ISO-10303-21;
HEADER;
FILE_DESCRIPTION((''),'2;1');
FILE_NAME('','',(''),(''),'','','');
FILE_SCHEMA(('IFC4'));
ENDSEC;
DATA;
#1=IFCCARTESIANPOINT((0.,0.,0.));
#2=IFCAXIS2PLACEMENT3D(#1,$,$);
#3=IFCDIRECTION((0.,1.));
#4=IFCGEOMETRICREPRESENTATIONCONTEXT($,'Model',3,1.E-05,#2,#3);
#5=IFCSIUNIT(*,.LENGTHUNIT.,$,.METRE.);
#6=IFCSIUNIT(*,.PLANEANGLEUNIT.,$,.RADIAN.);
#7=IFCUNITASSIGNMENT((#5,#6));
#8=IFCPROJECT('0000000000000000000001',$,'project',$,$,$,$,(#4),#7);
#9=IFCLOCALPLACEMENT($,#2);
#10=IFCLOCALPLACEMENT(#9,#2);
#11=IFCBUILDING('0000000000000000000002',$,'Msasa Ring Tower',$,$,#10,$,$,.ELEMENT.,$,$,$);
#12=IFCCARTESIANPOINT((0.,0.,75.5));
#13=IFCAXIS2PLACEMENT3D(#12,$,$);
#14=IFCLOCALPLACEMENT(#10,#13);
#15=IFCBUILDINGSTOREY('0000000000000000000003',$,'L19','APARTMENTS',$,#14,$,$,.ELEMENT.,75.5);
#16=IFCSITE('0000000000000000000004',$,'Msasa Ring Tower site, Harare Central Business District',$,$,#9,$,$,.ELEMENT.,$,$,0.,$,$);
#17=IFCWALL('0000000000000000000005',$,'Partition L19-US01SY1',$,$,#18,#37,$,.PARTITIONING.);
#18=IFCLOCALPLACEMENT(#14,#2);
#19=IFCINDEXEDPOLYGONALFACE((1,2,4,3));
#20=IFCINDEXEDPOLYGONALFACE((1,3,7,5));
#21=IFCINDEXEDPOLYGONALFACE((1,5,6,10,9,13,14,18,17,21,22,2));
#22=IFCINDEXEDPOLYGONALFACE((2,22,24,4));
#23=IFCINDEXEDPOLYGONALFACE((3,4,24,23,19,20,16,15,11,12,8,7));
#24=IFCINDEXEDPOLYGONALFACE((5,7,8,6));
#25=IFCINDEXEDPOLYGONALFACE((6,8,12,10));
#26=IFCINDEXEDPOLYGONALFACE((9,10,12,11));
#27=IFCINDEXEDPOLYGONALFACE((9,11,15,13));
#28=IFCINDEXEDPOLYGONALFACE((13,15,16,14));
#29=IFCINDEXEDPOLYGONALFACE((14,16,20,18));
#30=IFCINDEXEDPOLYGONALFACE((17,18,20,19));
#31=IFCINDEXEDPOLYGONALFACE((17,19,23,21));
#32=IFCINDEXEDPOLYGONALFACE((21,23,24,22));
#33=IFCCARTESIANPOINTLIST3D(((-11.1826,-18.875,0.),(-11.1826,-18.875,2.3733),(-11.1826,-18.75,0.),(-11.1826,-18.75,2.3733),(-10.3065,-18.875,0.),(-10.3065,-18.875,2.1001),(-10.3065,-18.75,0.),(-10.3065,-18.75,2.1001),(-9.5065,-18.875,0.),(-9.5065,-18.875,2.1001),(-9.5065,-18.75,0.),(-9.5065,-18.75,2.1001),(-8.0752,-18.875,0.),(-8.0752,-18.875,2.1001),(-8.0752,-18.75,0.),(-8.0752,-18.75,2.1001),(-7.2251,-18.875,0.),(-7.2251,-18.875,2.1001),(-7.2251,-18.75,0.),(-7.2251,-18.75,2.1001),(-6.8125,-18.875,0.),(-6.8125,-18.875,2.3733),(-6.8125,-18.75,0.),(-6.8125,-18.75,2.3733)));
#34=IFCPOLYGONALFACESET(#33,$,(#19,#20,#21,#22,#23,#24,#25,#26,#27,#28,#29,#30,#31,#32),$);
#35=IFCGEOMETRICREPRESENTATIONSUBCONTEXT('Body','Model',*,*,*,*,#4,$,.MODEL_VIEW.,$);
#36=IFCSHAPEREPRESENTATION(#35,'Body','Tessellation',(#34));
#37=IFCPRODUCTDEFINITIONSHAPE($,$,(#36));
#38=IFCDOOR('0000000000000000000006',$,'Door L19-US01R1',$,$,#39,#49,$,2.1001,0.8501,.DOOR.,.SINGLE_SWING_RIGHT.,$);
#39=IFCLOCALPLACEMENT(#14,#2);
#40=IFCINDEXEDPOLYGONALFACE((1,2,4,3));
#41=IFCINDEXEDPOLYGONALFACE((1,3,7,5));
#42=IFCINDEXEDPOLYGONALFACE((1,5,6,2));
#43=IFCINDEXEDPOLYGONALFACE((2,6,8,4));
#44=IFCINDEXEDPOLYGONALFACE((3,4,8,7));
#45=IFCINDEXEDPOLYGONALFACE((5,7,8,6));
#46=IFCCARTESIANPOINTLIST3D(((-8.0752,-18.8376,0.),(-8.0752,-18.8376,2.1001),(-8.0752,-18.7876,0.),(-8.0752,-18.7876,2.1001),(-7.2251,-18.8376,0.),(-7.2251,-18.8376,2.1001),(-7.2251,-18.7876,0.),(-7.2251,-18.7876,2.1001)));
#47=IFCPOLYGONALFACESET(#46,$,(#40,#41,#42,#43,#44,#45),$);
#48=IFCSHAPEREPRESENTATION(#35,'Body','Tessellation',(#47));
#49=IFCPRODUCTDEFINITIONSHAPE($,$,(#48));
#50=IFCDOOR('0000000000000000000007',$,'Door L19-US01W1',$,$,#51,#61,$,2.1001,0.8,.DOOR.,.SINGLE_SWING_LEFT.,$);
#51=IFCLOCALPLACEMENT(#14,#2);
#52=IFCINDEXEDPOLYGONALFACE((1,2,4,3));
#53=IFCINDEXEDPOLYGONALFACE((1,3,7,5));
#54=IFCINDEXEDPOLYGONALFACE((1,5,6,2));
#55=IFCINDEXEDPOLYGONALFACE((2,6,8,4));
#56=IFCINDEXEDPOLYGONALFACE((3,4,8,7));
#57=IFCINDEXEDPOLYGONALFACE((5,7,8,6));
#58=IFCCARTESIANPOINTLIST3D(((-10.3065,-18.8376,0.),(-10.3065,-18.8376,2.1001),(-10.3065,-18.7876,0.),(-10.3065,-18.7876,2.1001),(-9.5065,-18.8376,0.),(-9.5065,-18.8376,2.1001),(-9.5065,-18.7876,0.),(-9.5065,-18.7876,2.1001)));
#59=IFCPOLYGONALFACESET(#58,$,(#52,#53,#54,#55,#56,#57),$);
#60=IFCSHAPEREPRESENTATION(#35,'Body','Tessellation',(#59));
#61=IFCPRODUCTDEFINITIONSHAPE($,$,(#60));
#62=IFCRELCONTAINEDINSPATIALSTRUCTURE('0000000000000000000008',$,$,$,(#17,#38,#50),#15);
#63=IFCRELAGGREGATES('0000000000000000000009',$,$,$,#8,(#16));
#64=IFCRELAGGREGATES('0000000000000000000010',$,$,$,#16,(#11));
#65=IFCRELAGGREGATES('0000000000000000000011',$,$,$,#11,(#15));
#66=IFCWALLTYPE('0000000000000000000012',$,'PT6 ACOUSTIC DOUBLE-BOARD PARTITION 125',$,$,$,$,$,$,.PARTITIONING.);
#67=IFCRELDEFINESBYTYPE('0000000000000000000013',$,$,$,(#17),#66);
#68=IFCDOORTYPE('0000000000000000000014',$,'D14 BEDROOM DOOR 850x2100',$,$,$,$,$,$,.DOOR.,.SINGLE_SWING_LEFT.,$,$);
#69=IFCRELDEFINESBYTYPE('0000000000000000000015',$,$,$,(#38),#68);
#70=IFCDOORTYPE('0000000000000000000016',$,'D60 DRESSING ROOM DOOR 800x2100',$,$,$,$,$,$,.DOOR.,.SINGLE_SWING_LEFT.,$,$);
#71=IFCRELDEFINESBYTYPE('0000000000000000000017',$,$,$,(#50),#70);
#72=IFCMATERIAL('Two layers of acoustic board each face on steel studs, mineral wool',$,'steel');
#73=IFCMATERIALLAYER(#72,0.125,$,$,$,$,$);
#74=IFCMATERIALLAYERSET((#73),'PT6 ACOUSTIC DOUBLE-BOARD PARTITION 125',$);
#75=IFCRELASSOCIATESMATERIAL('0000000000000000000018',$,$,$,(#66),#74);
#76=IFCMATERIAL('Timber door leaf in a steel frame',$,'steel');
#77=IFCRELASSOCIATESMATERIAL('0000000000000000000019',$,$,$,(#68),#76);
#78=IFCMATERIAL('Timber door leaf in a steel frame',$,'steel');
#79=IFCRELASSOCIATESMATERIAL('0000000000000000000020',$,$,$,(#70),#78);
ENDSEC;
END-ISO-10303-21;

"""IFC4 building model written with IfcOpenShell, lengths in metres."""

from ifc_helpers import new_model, si_unit, direction, frame, frame_2d, origin, place, context, subcontext, project, spatial, rectangle, extrude, material, layer, layer_set, type_object, element, fill, save


model = new_model("IFC4")

# Units and contexts
model_context = context("Model", 3, precision=1e-05, world=origin(), true_north=direction((0.0, 1.0)))
body_context = subcontext(model_context, "Body", "Model", "MODEL_VIEW")
ifc_project = project(units=[si_unit("LENGTHUNIT", "METRE"), si_unit("PLANEANGLEUNIT", "RADIAN")], contexts=[model_context])

# Site, building, storey
site_placement = place(None, origin())
site = spatial("IfcSite", under=ifc_project, at=site_placement, Name="Msasa Ring Tower site, Harare Central Business District", CompositionType="ELEMENT", RefElevation=0.0)
building_placement = place(site_placement, origin())
building = spatial("IfcBuilding", under=site, at=building_placement, Name="Msasa Ring Tower", CompositionType="ELEMENT")
storey_placement = place(building_placement, frame((0.0, 0.0, 75.5)))
storey = spatial("IfcBuildingStorey", under=building, at=storey_placement, Name="L19", Description="APARTMENTS", CompositionType="ELEMENT", Elevation=75.5)

# Shared definitions
ifc_material_1 = material(Name="Two layers of acoustic board each face on steel studs, mineral wool", Category="steel")
ifc_layer_1 = layer(ifc_material_1, 0.125)
ifc_layer_set_1 = layer_set([ifc_layer_1], Name="PT6 ACOUSTIC DOUBLE-BOARD PARTITION 125")
wall_type_1 = type_object("IfcWallType", Name="PT6 ACOUSTIC DOUBLE-BOARD PARTITION 125", PredefinedType="PARTITIONING", material=ifc_layer_set_1)

# Wall, openings, doors
wall_1_placement = place(storey_placement, frame((-11.1826, -18.8125, 0.0), z_axis=(0.0, 0.0, 1.0), x_axis=(1.0, 0.0, 0.0)))
wall_1 = element("IfcWall", 1, at=wall_1_placement, inside=storey, type_object=wall_type_1, Name="Partition L19-US01SY1", PredefinedType="PARTITIONING", context=body_context, shape_type="SweptSolid", body=[
    extrude(rectangle(XDim=4.3701, YDim=0.125, at=frame_2d((2.1851, 0.0))), origin(), (0.0, 0.0, 1.0), 2.3733),
])
opening_1_placement = place(wall_1_placement, frame((3.1074, 0.0, 0.0)))
opening_1 = element("IfcOpeningElement", 2, at=opening_1_placement, cuts=wall_1, PredefinedType="OPENING", context=body_context, shape_type="SweptSolid", body=[
    extrude(rectangle(XDim=0.8501, YDim=2.1001, at=frame_2d((0.425, 1.05))), frame((0.0, 0.0725, 0.0), z_axis=(0.0, -1.0, 0.0), x_axis=(1.0, 0.0, 0.0)), (0.0, 0.0, 1.0), 0.145),
])
opening_2_placement = place(wall_1_placement, frame((0.8762, 0.0, 0.0)))
opening_2 = element("IfcOpeningElement", 3, at=opening_2_placement, cuts=wall_1, PredefinedType="OPENING", context=body_context, shape_type="SweptSolid", body=[
    extrude(rectangle(XDim=0.8, YDim=2.1001, at=frame_2d((0.3999, 1.05))), frame((0.0, 0.0725, 0.0), z_axis=(0.0, -1.0, 0.0), x_axis=(1.0, 0.0, 0.0)), (0.0, 0.0, 1.0), 0.145),
])
ifc_material_2 = material(Name="Timber door leaf in a steel frame", Category="steel")
door_type_1 = type_object("IfcDoorType", Name="D14 BEDROOM DOOR 850x2100", OperationType="SINGLE_SWING_LEFT", PredefinedType="DOOR", material=ifc_material_2)
door_1_placement = place(opening_1_placement, origin())
door_1 = element("IfcDoor", 4, at=door_1_placement, inside=storey, type_object=door_type_1, Name="Door L19-US01R1", OperationType="SINGLE_SWING_RIGHT", OverallHeight=2.1001, OverallWidth=0.8501, PredefinedType="DOOR", context=body_context, shape_type="SweptSolid", body=[
    extrude(rectangle(XDim=0.8501, YDim=2.1001, at=frame_2d((0.425, 1.05))), frame((0.0, 0.0249, 0.0), z_axis=(0.0, -1.0, 0.0), x_axis=(1.0, 0.0, 0.0)), (0.0, 0.0, 1.0), 0.05),
])
fill(opening_1, door_1)
ifc_material_3 = material(Name="Timber door leaf in a steel frame", Category="steel")
door_type_2 = type_object("IfcDoorType", Name="D60 DRESSING ROOM DOOR 800x2100", OperationType="SINGLE_SWING_LEFT", PredefinedType="DOOR", material=ifc_material_3)
door_2_placement = place(opening_2_placement, origin())
door_2 = element("IfcDoor", 5, at=door_2_placement, inside=storey, type_object=door_type_2, Name="Door L19-US01W1", OperationType="SINGLE_SWING_LEFT", OverallHeight=2.1001, OverallWidth=0.8, PredefinedType="DOOR", context=body_context, shape_type="SweptSolid", body=[
    extrude(rectangle(XDim=0.8, YDim=2.1001, at=frame_2d((0.3999, 1.05))), frame((0.0, 0.0249, 0.0), z_axis=(0.0, -1.0, 0.0), x_axis=(1.0, 0.0, 0.0)), (0.0, 0.0, 1.0), 0.05),
])
fill(opening_2, door_2)

save(model, "model.ifc")
